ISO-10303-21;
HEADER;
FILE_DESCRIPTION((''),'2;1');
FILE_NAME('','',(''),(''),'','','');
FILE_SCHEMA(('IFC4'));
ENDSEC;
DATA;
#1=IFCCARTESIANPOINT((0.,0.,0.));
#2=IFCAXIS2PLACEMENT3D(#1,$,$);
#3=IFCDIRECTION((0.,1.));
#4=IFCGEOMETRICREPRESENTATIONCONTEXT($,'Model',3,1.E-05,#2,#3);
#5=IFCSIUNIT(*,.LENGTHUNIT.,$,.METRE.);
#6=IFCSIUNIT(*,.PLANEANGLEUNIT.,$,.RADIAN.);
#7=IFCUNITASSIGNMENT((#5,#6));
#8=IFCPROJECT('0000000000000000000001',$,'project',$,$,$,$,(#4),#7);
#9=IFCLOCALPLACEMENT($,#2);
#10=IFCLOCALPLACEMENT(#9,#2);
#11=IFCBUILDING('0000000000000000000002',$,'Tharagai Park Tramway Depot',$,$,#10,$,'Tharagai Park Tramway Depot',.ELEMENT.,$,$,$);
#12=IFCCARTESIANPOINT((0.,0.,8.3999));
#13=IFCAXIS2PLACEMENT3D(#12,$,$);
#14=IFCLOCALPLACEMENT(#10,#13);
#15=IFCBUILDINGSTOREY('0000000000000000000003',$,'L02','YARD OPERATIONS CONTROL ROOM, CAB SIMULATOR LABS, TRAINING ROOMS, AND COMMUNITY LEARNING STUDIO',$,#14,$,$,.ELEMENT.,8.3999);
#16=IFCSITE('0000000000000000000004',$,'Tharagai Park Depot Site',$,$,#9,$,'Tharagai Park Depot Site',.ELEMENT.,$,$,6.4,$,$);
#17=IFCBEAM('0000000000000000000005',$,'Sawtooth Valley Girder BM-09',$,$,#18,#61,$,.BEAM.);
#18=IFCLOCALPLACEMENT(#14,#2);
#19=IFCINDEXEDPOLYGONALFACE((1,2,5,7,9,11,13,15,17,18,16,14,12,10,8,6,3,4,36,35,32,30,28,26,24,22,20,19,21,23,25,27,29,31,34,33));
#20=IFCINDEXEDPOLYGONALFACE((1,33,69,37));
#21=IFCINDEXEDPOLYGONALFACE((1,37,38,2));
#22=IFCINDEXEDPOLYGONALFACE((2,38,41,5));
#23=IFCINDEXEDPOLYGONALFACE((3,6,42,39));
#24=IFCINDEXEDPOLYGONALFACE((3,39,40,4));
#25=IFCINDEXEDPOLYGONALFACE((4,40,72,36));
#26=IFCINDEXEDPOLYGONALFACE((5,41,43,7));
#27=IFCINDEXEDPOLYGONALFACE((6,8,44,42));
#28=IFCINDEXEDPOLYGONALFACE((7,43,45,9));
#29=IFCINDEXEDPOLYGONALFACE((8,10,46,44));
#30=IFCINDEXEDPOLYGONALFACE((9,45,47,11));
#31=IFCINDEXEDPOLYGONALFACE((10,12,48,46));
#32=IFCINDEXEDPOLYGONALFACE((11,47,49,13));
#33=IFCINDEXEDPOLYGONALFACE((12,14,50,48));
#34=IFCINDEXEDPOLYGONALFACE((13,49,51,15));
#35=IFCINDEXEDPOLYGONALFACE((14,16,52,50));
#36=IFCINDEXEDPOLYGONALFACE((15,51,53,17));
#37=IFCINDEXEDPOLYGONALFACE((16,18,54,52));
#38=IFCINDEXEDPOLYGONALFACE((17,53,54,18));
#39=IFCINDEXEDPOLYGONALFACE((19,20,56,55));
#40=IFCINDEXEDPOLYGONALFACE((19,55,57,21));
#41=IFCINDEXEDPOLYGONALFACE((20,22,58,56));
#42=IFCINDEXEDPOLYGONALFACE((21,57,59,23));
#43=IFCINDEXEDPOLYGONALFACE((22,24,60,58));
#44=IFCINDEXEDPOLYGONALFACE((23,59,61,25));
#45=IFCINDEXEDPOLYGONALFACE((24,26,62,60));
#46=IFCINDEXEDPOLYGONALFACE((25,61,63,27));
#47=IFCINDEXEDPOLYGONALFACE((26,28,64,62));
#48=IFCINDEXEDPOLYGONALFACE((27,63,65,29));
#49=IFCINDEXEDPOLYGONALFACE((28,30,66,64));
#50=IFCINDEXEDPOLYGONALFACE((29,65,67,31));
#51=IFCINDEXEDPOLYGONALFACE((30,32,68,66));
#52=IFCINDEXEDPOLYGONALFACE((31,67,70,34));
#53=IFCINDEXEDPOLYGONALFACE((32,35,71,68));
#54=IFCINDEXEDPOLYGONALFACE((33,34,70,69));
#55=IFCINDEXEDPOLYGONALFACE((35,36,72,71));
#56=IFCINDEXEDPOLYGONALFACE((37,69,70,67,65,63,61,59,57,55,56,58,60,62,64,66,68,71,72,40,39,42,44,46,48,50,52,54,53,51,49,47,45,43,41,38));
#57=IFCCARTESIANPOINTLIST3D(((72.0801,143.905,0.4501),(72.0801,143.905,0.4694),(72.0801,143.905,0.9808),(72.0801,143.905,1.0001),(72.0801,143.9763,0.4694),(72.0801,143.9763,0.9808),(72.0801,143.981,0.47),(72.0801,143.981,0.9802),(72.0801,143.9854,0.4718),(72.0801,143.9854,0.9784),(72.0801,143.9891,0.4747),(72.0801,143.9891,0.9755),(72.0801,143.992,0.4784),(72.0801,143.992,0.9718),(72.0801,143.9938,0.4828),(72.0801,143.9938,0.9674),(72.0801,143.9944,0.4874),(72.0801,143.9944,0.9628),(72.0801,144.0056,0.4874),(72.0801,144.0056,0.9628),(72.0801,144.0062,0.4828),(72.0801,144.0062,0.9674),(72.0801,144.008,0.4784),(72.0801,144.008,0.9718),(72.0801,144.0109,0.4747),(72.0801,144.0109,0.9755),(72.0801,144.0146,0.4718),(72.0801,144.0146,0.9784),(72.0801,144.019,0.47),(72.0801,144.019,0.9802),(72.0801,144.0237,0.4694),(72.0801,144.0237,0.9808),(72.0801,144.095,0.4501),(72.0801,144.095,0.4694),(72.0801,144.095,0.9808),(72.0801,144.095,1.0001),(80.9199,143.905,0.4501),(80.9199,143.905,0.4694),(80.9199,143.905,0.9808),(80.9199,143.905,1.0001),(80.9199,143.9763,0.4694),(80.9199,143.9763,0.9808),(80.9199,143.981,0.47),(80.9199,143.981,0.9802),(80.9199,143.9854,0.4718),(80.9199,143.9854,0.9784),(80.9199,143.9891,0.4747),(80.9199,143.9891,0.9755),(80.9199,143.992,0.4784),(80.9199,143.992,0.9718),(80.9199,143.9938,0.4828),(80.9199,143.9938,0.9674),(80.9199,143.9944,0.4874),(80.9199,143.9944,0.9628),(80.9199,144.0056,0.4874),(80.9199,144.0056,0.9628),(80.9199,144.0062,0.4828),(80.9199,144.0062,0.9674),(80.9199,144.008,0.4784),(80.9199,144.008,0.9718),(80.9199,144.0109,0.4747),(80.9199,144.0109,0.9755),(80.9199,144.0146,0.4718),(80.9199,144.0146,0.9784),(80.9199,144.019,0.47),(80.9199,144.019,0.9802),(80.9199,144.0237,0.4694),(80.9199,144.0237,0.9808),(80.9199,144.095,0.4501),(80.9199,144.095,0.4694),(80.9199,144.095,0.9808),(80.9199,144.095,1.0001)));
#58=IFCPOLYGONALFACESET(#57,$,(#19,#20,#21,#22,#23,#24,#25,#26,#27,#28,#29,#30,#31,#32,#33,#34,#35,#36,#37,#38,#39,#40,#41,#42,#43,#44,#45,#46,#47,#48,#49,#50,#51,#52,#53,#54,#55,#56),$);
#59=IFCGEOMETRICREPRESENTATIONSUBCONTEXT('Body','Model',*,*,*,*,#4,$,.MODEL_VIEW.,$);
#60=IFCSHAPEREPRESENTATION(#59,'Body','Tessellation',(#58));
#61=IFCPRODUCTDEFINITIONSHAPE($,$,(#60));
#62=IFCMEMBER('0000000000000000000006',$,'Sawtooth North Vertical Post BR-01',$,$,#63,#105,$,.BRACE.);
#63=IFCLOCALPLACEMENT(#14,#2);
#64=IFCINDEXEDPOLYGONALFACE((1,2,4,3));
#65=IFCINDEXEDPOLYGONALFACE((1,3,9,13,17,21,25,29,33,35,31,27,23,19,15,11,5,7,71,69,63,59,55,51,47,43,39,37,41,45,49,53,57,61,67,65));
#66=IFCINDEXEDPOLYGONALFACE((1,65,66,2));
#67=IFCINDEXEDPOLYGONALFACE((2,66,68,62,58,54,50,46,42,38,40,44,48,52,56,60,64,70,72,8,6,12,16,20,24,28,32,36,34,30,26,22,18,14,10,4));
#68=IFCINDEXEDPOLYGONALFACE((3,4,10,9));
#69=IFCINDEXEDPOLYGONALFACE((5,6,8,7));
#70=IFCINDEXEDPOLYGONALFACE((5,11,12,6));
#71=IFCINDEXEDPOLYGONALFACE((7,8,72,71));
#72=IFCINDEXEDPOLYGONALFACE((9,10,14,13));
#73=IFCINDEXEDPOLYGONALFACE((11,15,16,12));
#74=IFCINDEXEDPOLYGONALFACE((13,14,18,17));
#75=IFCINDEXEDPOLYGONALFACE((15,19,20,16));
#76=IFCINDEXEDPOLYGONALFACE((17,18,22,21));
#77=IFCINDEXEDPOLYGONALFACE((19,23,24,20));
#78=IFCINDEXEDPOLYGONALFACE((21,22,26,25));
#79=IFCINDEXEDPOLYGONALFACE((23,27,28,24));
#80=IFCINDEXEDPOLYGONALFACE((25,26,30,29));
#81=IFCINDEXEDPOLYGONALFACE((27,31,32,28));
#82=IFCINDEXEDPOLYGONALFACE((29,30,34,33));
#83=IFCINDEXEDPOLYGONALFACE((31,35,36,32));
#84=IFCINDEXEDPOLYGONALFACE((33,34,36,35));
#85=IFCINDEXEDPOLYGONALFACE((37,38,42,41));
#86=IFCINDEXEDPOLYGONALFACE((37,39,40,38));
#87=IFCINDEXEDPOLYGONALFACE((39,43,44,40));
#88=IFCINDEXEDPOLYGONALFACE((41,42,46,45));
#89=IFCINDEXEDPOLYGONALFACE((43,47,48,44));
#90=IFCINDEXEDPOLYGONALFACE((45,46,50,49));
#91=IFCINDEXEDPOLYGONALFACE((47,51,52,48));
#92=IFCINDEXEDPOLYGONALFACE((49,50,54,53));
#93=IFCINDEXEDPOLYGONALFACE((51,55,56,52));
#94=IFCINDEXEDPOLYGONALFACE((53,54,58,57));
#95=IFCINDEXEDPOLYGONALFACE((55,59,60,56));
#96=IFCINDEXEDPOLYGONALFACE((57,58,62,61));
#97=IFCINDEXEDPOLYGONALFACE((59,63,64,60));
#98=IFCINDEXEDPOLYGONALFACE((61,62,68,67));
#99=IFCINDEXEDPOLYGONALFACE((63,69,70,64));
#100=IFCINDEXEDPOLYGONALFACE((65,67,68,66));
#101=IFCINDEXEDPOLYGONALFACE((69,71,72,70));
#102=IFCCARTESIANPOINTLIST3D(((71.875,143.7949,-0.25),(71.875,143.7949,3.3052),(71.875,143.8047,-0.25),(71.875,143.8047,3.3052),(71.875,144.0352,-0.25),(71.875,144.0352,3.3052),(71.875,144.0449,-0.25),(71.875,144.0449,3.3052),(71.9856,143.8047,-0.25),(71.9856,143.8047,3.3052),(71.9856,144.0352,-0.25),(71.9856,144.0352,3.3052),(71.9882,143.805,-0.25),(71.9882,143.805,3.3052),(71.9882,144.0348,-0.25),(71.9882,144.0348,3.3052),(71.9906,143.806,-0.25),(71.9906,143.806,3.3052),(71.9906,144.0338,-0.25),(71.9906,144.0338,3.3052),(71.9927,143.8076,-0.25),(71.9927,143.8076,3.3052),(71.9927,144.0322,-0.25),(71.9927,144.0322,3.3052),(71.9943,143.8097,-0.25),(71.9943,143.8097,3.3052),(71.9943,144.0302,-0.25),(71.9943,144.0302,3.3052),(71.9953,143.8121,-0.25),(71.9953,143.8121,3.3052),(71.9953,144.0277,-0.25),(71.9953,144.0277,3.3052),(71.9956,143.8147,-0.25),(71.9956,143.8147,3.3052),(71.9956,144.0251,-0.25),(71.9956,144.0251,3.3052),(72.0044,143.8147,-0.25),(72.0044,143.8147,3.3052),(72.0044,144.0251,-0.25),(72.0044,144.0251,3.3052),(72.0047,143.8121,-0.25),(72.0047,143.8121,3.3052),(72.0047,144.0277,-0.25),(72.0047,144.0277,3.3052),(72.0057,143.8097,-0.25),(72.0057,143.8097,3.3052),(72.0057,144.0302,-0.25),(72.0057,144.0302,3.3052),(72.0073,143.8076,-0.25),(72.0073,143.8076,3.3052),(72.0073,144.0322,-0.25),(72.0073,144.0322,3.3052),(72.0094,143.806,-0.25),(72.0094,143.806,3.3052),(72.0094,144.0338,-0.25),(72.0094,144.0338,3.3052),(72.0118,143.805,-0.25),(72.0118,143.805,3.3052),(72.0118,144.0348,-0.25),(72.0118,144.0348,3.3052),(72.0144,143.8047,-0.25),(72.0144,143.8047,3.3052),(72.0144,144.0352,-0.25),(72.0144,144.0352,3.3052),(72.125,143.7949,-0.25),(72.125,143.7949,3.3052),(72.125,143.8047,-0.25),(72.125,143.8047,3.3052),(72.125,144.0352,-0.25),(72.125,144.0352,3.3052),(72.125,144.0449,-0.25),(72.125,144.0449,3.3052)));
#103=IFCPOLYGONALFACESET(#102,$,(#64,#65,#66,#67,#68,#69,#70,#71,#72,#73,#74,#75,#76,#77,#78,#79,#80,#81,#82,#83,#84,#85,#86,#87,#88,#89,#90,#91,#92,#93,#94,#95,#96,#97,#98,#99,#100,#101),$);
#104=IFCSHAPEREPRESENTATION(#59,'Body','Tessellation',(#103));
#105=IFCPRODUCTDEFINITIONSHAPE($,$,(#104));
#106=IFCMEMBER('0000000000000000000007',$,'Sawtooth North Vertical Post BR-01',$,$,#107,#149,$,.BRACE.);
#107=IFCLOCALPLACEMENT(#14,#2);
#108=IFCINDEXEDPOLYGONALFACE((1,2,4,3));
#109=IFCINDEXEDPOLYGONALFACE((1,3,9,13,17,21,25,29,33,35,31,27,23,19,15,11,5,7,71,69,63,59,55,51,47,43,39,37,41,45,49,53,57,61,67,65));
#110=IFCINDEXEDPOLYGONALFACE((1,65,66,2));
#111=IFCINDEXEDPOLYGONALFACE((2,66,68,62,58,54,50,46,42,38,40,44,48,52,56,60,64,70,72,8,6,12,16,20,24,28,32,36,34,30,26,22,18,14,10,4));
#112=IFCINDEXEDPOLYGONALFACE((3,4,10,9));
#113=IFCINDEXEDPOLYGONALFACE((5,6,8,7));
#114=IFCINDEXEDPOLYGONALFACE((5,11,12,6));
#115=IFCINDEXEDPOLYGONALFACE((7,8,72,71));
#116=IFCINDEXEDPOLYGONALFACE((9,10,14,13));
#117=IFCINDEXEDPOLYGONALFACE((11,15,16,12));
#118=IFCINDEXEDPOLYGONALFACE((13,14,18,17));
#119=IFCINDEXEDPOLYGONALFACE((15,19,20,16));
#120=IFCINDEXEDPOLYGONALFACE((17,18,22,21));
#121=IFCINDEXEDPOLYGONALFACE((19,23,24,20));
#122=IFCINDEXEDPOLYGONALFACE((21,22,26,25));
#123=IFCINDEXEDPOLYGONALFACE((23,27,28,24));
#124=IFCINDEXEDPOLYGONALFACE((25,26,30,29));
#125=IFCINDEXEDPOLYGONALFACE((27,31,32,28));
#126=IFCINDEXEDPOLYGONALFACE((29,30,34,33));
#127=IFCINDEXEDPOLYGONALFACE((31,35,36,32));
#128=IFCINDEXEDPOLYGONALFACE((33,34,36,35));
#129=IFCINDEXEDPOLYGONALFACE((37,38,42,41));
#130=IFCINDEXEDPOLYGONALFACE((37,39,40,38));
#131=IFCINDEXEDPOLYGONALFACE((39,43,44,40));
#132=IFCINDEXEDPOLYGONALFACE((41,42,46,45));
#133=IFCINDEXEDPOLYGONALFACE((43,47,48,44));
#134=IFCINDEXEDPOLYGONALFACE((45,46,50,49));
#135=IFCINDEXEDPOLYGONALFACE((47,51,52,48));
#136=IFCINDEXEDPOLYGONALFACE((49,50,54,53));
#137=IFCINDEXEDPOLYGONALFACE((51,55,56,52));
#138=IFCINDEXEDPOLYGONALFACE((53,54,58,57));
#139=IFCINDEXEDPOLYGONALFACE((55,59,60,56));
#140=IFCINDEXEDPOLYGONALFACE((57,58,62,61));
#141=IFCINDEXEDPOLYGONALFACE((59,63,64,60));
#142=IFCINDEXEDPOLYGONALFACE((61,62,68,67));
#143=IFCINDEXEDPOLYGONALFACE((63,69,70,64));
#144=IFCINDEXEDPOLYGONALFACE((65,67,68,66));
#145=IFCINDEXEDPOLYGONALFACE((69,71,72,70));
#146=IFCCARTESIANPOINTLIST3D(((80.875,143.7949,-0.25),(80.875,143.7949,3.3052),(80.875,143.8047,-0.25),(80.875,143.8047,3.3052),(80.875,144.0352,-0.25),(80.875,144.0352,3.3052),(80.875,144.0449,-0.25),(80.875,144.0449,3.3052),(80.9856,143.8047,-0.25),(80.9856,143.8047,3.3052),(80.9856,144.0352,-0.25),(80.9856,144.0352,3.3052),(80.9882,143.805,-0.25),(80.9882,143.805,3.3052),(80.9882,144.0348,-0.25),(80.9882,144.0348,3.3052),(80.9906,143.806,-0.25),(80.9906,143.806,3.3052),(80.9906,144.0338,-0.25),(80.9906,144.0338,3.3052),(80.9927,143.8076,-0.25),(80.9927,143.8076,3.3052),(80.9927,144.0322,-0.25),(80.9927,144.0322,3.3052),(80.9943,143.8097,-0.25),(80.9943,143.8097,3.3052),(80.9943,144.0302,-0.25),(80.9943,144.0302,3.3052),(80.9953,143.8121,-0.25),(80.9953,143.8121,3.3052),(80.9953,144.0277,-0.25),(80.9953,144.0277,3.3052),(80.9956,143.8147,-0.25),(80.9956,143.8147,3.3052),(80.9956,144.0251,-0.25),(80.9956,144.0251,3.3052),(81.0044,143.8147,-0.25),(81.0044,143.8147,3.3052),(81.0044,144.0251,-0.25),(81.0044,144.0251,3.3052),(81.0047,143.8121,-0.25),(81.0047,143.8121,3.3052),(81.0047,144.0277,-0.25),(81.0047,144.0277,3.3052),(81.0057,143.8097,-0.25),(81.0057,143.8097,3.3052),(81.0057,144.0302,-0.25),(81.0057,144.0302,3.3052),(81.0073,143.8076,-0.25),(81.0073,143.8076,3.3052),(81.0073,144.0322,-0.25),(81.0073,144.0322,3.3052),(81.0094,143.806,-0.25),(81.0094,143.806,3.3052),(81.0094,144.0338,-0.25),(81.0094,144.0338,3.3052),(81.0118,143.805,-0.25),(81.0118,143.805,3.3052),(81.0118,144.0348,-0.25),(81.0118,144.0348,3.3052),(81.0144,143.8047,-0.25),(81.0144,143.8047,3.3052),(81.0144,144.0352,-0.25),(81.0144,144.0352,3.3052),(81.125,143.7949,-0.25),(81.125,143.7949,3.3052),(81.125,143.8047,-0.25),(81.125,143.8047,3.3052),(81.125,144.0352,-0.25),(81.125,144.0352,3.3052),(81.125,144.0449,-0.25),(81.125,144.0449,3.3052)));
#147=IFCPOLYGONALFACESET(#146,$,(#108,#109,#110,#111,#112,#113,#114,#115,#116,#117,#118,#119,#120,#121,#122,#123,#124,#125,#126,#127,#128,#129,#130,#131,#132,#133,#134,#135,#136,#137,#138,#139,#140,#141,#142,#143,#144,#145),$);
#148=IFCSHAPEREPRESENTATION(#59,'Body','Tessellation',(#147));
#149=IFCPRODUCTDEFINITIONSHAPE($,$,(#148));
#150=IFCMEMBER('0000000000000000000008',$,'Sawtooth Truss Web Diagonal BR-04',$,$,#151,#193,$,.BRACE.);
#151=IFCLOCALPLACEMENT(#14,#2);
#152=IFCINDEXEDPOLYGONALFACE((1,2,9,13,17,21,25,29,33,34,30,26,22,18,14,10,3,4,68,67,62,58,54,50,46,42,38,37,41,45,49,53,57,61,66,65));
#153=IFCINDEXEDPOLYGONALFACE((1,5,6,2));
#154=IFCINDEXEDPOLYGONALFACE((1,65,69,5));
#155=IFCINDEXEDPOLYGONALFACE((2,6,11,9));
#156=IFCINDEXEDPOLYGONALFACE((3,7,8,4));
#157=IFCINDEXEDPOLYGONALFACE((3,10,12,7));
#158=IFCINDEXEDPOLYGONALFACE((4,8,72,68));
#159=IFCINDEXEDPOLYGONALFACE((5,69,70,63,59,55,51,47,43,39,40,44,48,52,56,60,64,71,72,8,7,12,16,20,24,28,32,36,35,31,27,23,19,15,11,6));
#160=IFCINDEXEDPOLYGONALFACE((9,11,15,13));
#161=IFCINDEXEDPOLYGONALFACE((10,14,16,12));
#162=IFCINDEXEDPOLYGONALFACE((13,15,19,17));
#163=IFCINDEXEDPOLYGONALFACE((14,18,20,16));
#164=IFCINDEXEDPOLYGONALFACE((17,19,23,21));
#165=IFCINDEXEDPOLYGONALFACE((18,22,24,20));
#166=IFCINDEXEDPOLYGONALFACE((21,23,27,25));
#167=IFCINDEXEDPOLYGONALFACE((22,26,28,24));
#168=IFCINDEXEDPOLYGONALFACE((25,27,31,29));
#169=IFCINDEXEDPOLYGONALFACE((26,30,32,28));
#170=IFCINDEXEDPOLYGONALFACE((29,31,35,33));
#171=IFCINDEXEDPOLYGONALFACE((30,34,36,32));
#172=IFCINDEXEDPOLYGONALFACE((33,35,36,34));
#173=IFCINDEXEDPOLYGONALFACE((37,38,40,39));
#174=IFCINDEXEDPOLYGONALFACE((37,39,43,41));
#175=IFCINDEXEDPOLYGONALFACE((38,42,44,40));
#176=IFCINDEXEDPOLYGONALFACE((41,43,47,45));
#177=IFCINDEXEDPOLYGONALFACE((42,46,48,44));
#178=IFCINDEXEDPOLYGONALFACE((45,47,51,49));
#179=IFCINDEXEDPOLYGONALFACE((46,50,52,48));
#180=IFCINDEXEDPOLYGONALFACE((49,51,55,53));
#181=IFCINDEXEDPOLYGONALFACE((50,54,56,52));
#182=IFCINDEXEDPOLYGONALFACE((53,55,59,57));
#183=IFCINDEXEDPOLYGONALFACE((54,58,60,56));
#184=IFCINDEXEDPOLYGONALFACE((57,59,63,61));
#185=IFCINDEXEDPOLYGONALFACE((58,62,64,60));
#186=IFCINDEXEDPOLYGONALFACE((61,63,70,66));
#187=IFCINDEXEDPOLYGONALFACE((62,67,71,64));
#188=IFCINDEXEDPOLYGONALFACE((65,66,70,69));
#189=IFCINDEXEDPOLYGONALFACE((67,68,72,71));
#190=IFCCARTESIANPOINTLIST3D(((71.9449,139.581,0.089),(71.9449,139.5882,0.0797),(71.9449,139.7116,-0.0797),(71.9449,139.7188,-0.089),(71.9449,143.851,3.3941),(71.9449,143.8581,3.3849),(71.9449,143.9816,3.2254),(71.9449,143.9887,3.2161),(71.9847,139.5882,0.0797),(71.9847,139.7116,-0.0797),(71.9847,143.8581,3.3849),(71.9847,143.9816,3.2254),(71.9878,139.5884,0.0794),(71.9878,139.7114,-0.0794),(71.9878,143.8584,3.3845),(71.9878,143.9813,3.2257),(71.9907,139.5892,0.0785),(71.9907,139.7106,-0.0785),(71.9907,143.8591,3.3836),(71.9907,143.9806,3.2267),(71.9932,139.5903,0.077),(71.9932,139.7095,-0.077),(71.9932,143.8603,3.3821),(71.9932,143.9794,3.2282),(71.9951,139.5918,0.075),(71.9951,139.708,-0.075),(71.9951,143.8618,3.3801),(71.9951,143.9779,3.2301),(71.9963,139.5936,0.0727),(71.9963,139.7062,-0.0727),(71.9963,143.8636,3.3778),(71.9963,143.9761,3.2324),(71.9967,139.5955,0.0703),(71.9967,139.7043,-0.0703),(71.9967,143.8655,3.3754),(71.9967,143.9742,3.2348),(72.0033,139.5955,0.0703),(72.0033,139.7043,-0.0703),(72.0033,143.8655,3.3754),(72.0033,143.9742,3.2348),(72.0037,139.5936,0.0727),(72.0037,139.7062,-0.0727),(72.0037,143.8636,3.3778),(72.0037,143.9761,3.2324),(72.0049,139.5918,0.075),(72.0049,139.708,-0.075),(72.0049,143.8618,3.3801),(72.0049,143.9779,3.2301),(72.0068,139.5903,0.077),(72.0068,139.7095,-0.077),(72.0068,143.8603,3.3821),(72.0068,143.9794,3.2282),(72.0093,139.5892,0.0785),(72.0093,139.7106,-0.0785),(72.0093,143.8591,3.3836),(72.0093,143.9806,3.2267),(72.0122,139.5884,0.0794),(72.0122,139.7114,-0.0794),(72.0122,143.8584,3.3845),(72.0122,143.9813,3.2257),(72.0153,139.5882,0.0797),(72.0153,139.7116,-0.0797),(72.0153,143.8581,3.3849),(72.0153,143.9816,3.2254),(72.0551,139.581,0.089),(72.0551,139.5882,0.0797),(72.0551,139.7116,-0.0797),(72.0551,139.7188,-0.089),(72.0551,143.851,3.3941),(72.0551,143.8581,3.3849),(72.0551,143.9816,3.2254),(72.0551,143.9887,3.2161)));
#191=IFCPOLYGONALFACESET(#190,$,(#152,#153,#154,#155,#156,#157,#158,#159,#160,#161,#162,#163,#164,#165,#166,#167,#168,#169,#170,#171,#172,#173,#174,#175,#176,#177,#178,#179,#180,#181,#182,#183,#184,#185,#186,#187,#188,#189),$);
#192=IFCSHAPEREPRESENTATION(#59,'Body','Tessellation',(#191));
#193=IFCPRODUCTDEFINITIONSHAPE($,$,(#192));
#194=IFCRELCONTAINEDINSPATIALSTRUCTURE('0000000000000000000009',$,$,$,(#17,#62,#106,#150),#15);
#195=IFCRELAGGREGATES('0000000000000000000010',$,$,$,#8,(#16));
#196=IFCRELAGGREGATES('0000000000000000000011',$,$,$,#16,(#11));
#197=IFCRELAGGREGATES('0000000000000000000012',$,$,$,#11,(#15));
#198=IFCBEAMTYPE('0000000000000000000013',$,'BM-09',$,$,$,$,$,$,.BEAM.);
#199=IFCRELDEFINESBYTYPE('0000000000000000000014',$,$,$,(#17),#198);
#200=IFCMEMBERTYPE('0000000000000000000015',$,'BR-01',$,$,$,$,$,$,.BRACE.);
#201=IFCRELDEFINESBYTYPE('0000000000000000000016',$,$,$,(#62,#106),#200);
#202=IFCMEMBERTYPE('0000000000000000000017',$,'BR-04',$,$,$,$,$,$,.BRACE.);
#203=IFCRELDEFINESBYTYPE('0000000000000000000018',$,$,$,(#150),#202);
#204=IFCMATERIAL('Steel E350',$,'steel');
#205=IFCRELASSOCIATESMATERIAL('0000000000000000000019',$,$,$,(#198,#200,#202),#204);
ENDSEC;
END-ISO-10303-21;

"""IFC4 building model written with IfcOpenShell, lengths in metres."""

from ifc_helpers import new_model, si_unit, direction, frame, origin, origin_2d, place, context, subcontext, project, spatial, i_section, extrude, material, material_profile, profile_set, type_object, element, save


model = new_model("IFC4")

# Units and contexts
model_context = context("Model", 3, precision=1e-05, world=origin(), true_north=direction((0.0, 1.0)))
body_context = subcontext(model_context, "Body", "Model", "MODEL_VIEW")
ifc_project = project(units=[si_unit("LENGTHUNIT", "METRE"), si_unit("PLANEANGLEUNIT", "RADIAN")], contexts=[model_context])

# Site, building, storey
site_placement = place(None, origin())
site = spatial("IfcSite", under=ifc_project, at=site_placement, Name="Tharagai Park Depot Site", LongName="Tharagai Park Depot Site", CompositionType="ELEMENT", RefElevation=6.4)
building_placement = place(site_placement, origin())
building = spatial("IfcBuilding", under=site, at=building_placement, Name="Tharagai Park Tramway Depot", LongName="Tharagai Park Tramway Depot", CompositionType="ELEMENT")
storey_placement = place(building_placement, frame((0.0, 0.0, 8.3999)))
storey = spatial("IfcBuildingStorey", under=building, at=storey_placement, Name="L02", Description="YARD OPERATIONS CONTROL ROOM, CAB SIMULATOR LABS, TRAINING ROOMS, AND COMMUNITY LEARNING STUDIO", CompositionType="ELEMENT", Elevation=8.3999)

# Beam
ifc_material_1 = material(Name="Steel E350", Category="steel")
ifc_material_profile_1 = material_profile(ifc_material_1, i_section(OverallWidth=0.1899, OverallDepth=0.55, WebThickness=0.0112, FlangeThickness=0.0193, FilletRadius=0.0181, at=origin_2d()), Name="ISMB 550")
ifc_profile_set_1 = profile_set([ifc_material_profile_1], Name="Steel E350")
beam_type = type_object("IfcBeamType", Name="BM-09", PredefinedType="BEAM", material=ifc_profile_set_1)
beam_placement = place(storey_placement, frame((72.0801, 144.0, 0.7251), z_axis=(1.0, 0.0, 0.0), x_axis=(0.0, 1.0, 0.0)))
element("IfcBeam", 1, at=beam_placement, inside=storey, type_object=beam_type, Name="Sawtooth Valley Girder BM-09", PredefinedType="BEAM", context=body_context, shape_type="SweptSolid", body=[
    extrude(i_section(OverallWidth=0.1899, OverallDepth=0.55, WebThickness=0.0112, FlangeThickness=0.0193, FilletRadius=0.0181, at=origin_2d()), origin(), (0.0, 0.0, 1.0), 8.8398),
])

# Members
ifc_material_profile_2 = material_profile(ifc_material_1, i_section(OverallWidth=0.25, OverallDepth=0.25, WebThickness=0.0088, FlangeThickness=0.0098, FilletRadius=0.01, at=origin_2d()), Name="ISHB 250")
ifc_profile_set_2 = profile_set([ifc_material_profile_2], Name="Steel E350")
member_type_1 = type_object("IfcMemberType", Name="BR-01", PredefinedType="BRACE", material=ifc_profile_set_2)
for number, where, z_axis, x_axis, name in (
    (2, (72.0, 143.9199, -0.25), (0.0, 0.0, 1.0), (1.0, 0.0, 0.0), "Sawtooth North Vertical Post BR-01"),
    (3, (81.0, 143.9199, -0.25), (0.0, 0.0, 1.0), (1.0, 0.0, 0.0), "Sawtooth North Vertical Post BR-01"),
):
    element("IfcMember", number, at=place(storey_placement, frame(where, z_axis=z_axis, x_axis=x_axis)), inside=storey, type_object=member_type_1, Name=name, PredefinedType="BRACE", context=body_context, shape_type="SweptSolid", body=[
        extrude(i_section(OverallWidth=0.25, OverallDepth=0.25, WebThickness=0.0088, FlangeThickness=0.0098, FilletRadius=0.01, at=origin_2d()), origin(), (0.0, 0.0, 1.0), 3.5552),
    ])
ifc_material_profile_3 = material_profile(ifc_material_1, i_section(OverallWidth=0.1101, OverallDepth=0.2251, WebThickness=0.0066, FlangeThickness=0.0117, FilletRadius=0.012, at=origin_2d()), Name="ISMB 225")
ifc_profile_set_3 = profile_set([ifc_material_profile_3], Name="Steel E350")
member_type_2 = type_object("IfcMemberType", Name="BR-04", PredefinedType="BRACE", material=ifc_profile_set_3)
for number, where, z_axis, x_axis, name in (
    (4, (72.0, 139.6499, 0.0), (0.0, 0.790782, 0.612098), (-1.0, 0.0, 0.0), "Sawtooth Truss Web Diagonal BR-04"),
):
    element("IfcMember", number, at=place(storey_placement, frame(where, z_axis=z_axis, x_axis=x_axis)), inside=storey, type_object=member_type_2, Name=name, PredefinedType="BRACE", context=body_context, shape_type="SweptSolid", body=[
        extrude(i_section(OverallWidth=0.1101, OverallDepth=0.2251, WebThickness=0.0066, FlangeThickness=0.0117, FilletRadius=0.012, at=origin_2d()), origin(), (0.0, 0.0, 1.0), 5.3997),
    ])

save(model, "model.ifc")
